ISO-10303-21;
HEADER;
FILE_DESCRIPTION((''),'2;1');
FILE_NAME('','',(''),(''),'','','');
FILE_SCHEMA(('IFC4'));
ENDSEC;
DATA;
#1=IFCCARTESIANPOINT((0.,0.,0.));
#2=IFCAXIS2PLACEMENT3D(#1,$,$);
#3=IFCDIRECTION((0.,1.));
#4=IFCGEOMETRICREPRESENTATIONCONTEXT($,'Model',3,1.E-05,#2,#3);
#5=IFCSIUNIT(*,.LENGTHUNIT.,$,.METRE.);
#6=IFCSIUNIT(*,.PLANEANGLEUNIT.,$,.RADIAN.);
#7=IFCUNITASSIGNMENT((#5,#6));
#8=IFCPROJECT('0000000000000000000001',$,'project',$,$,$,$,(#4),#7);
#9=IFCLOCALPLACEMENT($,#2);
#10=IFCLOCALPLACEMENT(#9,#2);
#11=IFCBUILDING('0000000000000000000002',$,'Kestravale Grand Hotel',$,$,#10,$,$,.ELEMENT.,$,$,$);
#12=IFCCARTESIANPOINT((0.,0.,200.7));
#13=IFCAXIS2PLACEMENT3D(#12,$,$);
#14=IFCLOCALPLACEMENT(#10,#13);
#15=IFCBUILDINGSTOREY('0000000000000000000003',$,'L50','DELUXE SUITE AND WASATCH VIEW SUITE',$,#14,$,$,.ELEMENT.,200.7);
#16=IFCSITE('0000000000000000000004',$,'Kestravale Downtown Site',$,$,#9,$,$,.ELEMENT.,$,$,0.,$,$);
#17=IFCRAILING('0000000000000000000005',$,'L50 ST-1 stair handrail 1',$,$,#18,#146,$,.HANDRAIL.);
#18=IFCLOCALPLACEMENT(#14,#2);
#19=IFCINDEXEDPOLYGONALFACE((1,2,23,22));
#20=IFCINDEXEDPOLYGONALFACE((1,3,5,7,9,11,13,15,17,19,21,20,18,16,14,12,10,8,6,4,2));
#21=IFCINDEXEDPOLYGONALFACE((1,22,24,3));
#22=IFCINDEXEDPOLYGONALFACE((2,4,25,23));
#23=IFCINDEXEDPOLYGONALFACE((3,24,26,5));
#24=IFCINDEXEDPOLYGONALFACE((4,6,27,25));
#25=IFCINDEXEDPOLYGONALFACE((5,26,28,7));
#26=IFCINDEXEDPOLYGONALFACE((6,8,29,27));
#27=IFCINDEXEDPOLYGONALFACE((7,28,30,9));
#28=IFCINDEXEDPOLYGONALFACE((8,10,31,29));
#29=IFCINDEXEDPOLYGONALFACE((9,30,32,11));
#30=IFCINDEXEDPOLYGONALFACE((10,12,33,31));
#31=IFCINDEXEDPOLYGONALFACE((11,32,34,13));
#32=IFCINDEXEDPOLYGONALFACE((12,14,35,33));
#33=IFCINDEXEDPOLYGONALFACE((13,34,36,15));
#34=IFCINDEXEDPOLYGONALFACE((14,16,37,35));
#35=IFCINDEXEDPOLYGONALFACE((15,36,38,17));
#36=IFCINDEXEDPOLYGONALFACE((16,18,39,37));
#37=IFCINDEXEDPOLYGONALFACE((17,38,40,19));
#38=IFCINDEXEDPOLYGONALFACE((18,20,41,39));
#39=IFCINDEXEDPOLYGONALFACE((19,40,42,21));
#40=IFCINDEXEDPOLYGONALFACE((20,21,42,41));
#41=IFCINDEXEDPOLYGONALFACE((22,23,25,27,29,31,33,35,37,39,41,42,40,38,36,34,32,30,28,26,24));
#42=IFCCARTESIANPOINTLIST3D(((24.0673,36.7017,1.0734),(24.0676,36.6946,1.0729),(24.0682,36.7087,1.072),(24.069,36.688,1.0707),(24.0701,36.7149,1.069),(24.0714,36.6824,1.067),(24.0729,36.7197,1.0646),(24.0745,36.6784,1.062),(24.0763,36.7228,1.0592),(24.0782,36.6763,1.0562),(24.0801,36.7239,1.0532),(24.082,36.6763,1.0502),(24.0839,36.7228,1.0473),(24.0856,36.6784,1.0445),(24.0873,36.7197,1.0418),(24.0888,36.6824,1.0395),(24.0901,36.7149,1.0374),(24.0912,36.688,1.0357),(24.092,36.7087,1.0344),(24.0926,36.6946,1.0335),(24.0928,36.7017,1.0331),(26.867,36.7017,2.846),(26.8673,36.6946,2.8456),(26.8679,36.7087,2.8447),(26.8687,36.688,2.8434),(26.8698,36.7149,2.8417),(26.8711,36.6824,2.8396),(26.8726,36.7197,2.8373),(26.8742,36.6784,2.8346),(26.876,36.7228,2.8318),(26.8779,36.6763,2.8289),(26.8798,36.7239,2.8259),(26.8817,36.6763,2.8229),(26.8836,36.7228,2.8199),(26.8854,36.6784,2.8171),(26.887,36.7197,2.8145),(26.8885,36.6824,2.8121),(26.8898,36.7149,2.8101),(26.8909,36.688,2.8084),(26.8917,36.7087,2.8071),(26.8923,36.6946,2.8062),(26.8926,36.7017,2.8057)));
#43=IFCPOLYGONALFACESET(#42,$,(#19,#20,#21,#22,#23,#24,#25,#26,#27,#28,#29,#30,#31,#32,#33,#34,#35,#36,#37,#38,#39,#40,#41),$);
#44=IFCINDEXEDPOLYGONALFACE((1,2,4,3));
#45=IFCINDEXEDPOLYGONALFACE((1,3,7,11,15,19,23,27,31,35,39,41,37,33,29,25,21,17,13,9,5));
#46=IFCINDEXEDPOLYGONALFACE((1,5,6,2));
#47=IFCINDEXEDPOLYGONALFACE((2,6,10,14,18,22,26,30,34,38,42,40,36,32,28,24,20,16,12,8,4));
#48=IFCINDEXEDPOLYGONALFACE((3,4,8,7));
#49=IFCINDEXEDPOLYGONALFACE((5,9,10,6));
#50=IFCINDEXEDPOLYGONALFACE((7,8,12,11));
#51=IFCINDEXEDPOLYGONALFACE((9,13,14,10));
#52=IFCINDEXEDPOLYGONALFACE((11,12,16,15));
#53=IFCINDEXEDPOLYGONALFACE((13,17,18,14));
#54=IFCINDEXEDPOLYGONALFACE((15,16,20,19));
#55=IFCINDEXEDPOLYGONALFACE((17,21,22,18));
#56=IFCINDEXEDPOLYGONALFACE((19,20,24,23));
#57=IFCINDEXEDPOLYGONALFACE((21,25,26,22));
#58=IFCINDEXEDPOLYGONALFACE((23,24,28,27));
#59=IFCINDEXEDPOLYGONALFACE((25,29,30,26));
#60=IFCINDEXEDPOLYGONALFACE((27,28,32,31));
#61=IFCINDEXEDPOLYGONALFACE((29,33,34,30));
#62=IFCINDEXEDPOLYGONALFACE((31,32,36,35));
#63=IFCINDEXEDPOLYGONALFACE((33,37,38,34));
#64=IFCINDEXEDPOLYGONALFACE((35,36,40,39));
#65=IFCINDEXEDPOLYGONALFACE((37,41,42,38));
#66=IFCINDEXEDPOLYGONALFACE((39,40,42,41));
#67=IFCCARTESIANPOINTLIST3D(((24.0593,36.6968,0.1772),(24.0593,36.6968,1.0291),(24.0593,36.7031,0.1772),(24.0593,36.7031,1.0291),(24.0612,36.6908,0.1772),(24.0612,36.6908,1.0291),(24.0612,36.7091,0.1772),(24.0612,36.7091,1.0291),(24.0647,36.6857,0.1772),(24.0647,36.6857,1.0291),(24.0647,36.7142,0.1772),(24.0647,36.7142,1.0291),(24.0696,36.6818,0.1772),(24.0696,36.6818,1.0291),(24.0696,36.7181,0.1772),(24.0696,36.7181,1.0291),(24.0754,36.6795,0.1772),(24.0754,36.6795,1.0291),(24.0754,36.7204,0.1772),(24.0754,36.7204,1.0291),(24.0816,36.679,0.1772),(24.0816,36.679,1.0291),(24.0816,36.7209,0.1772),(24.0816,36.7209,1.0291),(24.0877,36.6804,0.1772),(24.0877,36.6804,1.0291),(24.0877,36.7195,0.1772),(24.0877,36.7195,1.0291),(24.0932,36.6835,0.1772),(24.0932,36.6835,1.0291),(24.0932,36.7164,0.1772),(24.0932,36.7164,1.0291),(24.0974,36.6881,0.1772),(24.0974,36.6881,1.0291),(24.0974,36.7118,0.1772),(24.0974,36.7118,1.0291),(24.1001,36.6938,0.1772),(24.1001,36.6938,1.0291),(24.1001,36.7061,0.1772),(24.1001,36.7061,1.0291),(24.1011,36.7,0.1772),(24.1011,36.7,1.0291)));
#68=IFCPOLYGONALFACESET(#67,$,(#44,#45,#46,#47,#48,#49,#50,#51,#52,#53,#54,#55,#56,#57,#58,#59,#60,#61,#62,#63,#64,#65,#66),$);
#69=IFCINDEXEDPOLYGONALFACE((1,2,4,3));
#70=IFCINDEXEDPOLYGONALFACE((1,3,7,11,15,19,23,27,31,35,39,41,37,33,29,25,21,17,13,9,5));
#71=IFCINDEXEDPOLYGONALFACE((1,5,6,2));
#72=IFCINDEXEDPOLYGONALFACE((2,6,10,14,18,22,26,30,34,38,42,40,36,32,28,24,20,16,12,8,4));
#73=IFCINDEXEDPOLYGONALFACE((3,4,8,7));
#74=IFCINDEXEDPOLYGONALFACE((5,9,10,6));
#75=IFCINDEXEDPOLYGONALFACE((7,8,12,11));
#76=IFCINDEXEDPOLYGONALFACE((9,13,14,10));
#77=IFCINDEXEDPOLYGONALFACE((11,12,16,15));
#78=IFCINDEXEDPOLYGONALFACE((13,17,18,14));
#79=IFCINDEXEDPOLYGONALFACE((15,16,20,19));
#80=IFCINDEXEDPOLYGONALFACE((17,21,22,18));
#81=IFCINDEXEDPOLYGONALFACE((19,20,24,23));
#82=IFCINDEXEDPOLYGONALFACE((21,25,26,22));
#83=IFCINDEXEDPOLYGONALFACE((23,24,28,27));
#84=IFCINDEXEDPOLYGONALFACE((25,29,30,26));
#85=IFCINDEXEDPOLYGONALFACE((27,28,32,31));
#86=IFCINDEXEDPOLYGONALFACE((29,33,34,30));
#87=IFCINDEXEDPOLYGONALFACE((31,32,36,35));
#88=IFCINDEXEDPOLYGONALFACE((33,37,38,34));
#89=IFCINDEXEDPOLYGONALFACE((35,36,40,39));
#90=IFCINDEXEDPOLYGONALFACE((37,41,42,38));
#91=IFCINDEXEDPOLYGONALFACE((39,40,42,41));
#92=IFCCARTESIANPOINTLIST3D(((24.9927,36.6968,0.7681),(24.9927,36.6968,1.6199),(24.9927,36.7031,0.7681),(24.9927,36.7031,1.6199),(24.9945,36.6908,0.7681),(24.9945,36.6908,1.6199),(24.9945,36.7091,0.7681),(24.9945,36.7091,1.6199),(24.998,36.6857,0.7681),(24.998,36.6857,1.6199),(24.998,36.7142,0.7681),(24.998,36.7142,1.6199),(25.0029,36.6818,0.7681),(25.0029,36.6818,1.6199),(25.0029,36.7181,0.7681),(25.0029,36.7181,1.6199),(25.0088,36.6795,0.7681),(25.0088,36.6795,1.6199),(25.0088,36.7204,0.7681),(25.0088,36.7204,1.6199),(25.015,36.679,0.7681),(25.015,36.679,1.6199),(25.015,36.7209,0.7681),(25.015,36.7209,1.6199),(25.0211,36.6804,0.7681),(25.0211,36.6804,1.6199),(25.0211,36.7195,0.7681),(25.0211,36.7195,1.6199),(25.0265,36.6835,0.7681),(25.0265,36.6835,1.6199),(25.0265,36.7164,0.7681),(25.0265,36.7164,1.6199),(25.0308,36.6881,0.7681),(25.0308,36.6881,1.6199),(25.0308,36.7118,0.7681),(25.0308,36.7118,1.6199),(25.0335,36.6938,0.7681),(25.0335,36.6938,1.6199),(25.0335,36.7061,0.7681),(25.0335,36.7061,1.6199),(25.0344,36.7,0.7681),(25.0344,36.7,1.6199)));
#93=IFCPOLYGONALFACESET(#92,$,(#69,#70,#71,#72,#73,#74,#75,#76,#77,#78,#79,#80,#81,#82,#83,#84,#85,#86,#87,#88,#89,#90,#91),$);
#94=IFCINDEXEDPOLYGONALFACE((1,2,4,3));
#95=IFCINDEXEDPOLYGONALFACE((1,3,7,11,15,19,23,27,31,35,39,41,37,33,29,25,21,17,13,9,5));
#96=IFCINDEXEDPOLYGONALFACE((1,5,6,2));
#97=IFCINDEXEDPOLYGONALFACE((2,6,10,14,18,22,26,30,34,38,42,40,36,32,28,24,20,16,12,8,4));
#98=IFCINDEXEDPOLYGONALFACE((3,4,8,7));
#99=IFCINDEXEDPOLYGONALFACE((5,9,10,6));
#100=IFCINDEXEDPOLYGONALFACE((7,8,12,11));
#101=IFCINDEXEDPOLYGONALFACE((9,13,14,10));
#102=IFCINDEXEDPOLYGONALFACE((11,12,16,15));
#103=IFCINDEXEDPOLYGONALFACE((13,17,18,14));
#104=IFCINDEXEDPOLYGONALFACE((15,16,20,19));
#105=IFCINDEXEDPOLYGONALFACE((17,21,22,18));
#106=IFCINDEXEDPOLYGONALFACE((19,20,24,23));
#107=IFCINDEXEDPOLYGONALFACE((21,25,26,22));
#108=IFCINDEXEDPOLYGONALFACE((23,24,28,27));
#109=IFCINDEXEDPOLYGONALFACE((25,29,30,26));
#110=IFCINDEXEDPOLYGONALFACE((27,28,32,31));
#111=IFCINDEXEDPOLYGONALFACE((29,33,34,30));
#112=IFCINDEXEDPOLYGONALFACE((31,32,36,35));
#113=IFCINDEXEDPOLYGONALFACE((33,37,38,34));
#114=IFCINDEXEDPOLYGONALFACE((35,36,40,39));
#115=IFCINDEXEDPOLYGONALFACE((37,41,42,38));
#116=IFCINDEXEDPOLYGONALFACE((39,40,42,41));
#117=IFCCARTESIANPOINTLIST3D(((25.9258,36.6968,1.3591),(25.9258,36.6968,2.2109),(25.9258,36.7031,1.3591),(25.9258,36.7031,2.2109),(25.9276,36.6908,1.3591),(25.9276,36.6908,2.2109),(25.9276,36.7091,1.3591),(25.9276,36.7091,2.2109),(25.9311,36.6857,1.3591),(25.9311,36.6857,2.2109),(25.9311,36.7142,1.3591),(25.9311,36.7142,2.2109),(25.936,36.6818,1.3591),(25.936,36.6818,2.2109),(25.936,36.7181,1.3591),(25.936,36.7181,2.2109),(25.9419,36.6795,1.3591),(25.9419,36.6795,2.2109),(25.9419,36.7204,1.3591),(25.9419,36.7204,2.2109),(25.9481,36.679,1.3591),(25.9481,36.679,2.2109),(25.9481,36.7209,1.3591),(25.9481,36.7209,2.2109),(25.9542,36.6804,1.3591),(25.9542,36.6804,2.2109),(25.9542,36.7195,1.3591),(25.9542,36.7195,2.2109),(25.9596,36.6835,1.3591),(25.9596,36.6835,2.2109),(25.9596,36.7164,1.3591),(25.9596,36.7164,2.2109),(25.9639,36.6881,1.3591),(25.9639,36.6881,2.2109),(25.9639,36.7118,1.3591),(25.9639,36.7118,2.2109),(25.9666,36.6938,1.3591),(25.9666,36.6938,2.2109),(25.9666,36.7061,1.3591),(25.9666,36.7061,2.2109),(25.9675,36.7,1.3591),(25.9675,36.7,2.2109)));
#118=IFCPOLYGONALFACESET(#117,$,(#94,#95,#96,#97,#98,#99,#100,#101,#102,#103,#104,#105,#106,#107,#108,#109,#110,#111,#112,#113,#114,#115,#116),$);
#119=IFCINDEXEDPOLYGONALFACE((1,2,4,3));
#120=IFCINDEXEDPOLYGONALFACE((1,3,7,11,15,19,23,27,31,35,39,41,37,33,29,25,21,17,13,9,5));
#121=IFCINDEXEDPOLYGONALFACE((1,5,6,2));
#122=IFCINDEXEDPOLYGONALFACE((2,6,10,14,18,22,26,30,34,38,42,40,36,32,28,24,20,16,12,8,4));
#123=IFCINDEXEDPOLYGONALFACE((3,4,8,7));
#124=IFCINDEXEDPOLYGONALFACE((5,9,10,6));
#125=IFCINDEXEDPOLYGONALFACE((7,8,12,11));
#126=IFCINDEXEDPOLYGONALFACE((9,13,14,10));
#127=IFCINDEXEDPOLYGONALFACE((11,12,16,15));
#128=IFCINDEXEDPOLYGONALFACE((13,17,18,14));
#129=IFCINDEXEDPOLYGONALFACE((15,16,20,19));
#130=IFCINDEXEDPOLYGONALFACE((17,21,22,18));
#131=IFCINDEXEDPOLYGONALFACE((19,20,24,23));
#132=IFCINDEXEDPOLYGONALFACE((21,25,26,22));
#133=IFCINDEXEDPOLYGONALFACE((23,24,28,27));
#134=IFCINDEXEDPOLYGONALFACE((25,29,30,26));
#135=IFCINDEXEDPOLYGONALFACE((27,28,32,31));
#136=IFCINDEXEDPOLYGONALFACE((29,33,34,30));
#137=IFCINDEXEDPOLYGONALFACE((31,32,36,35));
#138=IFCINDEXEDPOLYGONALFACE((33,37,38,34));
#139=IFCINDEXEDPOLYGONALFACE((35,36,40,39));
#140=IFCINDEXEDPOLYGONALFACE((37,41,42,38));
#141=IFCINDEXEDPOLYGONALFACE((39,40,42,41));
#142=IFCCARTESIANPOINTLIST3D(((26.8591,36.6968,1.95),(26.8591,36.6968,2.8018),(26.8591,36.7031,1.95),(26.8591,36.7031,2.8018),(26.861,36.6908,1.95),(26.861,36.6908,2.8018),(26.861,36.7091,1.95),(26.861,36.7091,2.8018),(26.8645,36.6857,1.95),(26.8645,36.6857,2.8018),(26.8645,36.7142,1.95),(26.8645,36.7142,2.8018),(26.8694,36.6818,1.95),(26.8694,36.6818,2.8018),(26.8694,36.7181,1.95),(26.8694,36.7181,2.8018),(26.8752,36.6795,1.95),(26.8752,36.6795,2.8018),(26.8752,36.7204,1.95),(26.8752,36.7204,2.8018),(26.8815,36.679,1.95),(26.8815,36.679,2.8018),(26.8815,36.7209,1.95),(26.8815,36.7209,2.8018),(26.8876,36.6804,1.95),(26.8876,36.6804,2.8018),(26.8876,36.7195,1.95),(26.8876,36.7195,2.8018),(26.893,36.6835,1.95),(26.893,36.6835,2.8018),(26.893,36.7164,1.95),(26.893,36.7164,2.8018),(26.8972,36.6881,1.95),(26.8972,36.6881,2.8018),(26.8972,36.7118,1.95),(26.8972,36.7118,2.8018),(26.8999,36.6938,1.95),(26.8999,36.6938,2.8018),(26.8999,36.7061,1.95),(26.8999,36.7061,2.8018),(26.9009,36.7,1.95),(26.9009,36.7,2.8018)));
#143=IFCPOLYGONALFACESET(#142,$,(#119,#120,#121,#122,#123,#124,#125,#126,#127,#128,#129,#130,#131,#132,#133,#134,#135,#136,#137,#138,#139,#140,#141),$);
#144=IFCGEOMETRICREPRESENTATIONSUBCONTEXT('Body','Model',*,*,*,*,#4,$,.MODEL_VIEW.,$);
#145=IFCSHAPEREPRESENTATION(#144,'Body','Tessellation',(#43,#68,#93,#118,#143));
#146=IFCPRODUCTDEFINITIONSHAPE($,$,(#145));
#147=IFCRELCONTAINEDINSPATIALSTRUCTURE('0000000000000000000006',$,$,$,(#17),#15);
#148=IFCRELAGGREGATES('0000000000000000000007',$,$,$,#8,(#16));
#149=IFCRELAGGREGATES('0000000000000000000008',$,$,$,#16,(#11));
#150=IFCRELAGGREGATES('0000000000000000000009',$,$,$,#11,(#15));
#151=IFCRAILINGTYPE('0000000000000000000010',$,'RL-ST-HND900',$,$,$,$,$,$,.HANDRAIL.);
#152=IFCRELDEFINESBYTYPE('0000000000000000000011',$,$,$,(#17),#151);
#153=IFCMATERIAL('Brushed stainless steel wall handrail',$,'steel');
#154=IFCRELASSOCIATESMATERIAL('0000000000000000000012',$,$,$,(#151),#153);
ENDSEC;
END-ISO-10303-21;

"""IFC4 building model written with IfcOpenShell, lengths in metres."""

from ifc_helpers import new_model, si_unit, direction, frame, origin, origin_2d, place, context, subcontext, project, spatial, circle, extrude, material, type_object, element, save


model = new_model("IFC4")

# Units and contexts
model_context = context("Model", 3, precision=1e-05, world=origin(), true_north=direction((0.0, 1.0)))
body_context = subcontext(model_context, "Body", "Model", "MODEL_VIEW")
ifc_project = project(units=[si_unit("LENGTHUNIT", "METRE"), si_unit("PLANEANGLEUNIT", "RADIAN")], contexts=[model_context])

# Site, building, storey
site_placement = place(None, origin())
site = spatial("IfcSite", under=ifc_project, at=site_placement, Name="Kestravale Downtown Site", CompositionType="ELEMENT", RefElevation=0.0)
building_placement = place(site_placement, origin())
building = spatial("IfcBuilding", under=site, at=building_placement, Name="Kestravale Grand Hotel", CompositionType="ELEMENT")
storey_placement = place(building_placement, frame((0.0, 0.0, 200.7)))
storey = spatial("IfcBuildingStorey", under=building, at=storey_placement, Name="L50", Description="DELUXE SUITE AND WASATCH VIEW SUITE", CompositionType="ELEMENT", Elevation=200.7)

# Railing
ifc_material_1 = material(Name="Brushed stainless steel wall handrail", Category="steel")
railing_type_1 = type_object("IfcRailingType", Name="RL-ST-HND900", PredefinedType="HANDRAIL", material=ifc_material_1)
railing_1_placement = place(storey_placement, frame((24.0801, 36.7, 0.1772)))
element("IfcRailing", 1, at=railing_1_placement, inside=storey, type_object=railing_type_1, Name="L50 ST-1 stair handrail 1", PredefinedType="HANDRAIL", context=body_context, shape_type="SweptSolid", body=[
    extrude(circle(Radius=0.0239, at=origin_2d()), frame((0.0, 0.0, 0.876), z_axis=(0.844888, 0.0, 0.534943), x_axis=(0.0, 1.0, 0.0)), (0.0, 0.0, 1.0), 3.3137),
    extrude(circle(Radius=0.021, at=origin_2d()), origin(), (0.0, 0.0, 1.0), 0.8518),
    extrude(circle(Radius=0.021, at=origin_2d()), frame((0.9333, 0.0, 0.5908)), (0.0, 0.0, 1.0), 0.8518),
    extrude(circle(Radius=0.021, at=origin_2d()), frame((1.8665, 0.0, 1.1819)), (0.0, 0.0, 1.0), 0.8518),
    extrude(circle(Radius=0.021, at=origin_2d()), frame((2.7998, 0.0, 1.7727)), (0.0, 0.0, 1.0), 0.8518),
])

save(model, "model.ifc")
